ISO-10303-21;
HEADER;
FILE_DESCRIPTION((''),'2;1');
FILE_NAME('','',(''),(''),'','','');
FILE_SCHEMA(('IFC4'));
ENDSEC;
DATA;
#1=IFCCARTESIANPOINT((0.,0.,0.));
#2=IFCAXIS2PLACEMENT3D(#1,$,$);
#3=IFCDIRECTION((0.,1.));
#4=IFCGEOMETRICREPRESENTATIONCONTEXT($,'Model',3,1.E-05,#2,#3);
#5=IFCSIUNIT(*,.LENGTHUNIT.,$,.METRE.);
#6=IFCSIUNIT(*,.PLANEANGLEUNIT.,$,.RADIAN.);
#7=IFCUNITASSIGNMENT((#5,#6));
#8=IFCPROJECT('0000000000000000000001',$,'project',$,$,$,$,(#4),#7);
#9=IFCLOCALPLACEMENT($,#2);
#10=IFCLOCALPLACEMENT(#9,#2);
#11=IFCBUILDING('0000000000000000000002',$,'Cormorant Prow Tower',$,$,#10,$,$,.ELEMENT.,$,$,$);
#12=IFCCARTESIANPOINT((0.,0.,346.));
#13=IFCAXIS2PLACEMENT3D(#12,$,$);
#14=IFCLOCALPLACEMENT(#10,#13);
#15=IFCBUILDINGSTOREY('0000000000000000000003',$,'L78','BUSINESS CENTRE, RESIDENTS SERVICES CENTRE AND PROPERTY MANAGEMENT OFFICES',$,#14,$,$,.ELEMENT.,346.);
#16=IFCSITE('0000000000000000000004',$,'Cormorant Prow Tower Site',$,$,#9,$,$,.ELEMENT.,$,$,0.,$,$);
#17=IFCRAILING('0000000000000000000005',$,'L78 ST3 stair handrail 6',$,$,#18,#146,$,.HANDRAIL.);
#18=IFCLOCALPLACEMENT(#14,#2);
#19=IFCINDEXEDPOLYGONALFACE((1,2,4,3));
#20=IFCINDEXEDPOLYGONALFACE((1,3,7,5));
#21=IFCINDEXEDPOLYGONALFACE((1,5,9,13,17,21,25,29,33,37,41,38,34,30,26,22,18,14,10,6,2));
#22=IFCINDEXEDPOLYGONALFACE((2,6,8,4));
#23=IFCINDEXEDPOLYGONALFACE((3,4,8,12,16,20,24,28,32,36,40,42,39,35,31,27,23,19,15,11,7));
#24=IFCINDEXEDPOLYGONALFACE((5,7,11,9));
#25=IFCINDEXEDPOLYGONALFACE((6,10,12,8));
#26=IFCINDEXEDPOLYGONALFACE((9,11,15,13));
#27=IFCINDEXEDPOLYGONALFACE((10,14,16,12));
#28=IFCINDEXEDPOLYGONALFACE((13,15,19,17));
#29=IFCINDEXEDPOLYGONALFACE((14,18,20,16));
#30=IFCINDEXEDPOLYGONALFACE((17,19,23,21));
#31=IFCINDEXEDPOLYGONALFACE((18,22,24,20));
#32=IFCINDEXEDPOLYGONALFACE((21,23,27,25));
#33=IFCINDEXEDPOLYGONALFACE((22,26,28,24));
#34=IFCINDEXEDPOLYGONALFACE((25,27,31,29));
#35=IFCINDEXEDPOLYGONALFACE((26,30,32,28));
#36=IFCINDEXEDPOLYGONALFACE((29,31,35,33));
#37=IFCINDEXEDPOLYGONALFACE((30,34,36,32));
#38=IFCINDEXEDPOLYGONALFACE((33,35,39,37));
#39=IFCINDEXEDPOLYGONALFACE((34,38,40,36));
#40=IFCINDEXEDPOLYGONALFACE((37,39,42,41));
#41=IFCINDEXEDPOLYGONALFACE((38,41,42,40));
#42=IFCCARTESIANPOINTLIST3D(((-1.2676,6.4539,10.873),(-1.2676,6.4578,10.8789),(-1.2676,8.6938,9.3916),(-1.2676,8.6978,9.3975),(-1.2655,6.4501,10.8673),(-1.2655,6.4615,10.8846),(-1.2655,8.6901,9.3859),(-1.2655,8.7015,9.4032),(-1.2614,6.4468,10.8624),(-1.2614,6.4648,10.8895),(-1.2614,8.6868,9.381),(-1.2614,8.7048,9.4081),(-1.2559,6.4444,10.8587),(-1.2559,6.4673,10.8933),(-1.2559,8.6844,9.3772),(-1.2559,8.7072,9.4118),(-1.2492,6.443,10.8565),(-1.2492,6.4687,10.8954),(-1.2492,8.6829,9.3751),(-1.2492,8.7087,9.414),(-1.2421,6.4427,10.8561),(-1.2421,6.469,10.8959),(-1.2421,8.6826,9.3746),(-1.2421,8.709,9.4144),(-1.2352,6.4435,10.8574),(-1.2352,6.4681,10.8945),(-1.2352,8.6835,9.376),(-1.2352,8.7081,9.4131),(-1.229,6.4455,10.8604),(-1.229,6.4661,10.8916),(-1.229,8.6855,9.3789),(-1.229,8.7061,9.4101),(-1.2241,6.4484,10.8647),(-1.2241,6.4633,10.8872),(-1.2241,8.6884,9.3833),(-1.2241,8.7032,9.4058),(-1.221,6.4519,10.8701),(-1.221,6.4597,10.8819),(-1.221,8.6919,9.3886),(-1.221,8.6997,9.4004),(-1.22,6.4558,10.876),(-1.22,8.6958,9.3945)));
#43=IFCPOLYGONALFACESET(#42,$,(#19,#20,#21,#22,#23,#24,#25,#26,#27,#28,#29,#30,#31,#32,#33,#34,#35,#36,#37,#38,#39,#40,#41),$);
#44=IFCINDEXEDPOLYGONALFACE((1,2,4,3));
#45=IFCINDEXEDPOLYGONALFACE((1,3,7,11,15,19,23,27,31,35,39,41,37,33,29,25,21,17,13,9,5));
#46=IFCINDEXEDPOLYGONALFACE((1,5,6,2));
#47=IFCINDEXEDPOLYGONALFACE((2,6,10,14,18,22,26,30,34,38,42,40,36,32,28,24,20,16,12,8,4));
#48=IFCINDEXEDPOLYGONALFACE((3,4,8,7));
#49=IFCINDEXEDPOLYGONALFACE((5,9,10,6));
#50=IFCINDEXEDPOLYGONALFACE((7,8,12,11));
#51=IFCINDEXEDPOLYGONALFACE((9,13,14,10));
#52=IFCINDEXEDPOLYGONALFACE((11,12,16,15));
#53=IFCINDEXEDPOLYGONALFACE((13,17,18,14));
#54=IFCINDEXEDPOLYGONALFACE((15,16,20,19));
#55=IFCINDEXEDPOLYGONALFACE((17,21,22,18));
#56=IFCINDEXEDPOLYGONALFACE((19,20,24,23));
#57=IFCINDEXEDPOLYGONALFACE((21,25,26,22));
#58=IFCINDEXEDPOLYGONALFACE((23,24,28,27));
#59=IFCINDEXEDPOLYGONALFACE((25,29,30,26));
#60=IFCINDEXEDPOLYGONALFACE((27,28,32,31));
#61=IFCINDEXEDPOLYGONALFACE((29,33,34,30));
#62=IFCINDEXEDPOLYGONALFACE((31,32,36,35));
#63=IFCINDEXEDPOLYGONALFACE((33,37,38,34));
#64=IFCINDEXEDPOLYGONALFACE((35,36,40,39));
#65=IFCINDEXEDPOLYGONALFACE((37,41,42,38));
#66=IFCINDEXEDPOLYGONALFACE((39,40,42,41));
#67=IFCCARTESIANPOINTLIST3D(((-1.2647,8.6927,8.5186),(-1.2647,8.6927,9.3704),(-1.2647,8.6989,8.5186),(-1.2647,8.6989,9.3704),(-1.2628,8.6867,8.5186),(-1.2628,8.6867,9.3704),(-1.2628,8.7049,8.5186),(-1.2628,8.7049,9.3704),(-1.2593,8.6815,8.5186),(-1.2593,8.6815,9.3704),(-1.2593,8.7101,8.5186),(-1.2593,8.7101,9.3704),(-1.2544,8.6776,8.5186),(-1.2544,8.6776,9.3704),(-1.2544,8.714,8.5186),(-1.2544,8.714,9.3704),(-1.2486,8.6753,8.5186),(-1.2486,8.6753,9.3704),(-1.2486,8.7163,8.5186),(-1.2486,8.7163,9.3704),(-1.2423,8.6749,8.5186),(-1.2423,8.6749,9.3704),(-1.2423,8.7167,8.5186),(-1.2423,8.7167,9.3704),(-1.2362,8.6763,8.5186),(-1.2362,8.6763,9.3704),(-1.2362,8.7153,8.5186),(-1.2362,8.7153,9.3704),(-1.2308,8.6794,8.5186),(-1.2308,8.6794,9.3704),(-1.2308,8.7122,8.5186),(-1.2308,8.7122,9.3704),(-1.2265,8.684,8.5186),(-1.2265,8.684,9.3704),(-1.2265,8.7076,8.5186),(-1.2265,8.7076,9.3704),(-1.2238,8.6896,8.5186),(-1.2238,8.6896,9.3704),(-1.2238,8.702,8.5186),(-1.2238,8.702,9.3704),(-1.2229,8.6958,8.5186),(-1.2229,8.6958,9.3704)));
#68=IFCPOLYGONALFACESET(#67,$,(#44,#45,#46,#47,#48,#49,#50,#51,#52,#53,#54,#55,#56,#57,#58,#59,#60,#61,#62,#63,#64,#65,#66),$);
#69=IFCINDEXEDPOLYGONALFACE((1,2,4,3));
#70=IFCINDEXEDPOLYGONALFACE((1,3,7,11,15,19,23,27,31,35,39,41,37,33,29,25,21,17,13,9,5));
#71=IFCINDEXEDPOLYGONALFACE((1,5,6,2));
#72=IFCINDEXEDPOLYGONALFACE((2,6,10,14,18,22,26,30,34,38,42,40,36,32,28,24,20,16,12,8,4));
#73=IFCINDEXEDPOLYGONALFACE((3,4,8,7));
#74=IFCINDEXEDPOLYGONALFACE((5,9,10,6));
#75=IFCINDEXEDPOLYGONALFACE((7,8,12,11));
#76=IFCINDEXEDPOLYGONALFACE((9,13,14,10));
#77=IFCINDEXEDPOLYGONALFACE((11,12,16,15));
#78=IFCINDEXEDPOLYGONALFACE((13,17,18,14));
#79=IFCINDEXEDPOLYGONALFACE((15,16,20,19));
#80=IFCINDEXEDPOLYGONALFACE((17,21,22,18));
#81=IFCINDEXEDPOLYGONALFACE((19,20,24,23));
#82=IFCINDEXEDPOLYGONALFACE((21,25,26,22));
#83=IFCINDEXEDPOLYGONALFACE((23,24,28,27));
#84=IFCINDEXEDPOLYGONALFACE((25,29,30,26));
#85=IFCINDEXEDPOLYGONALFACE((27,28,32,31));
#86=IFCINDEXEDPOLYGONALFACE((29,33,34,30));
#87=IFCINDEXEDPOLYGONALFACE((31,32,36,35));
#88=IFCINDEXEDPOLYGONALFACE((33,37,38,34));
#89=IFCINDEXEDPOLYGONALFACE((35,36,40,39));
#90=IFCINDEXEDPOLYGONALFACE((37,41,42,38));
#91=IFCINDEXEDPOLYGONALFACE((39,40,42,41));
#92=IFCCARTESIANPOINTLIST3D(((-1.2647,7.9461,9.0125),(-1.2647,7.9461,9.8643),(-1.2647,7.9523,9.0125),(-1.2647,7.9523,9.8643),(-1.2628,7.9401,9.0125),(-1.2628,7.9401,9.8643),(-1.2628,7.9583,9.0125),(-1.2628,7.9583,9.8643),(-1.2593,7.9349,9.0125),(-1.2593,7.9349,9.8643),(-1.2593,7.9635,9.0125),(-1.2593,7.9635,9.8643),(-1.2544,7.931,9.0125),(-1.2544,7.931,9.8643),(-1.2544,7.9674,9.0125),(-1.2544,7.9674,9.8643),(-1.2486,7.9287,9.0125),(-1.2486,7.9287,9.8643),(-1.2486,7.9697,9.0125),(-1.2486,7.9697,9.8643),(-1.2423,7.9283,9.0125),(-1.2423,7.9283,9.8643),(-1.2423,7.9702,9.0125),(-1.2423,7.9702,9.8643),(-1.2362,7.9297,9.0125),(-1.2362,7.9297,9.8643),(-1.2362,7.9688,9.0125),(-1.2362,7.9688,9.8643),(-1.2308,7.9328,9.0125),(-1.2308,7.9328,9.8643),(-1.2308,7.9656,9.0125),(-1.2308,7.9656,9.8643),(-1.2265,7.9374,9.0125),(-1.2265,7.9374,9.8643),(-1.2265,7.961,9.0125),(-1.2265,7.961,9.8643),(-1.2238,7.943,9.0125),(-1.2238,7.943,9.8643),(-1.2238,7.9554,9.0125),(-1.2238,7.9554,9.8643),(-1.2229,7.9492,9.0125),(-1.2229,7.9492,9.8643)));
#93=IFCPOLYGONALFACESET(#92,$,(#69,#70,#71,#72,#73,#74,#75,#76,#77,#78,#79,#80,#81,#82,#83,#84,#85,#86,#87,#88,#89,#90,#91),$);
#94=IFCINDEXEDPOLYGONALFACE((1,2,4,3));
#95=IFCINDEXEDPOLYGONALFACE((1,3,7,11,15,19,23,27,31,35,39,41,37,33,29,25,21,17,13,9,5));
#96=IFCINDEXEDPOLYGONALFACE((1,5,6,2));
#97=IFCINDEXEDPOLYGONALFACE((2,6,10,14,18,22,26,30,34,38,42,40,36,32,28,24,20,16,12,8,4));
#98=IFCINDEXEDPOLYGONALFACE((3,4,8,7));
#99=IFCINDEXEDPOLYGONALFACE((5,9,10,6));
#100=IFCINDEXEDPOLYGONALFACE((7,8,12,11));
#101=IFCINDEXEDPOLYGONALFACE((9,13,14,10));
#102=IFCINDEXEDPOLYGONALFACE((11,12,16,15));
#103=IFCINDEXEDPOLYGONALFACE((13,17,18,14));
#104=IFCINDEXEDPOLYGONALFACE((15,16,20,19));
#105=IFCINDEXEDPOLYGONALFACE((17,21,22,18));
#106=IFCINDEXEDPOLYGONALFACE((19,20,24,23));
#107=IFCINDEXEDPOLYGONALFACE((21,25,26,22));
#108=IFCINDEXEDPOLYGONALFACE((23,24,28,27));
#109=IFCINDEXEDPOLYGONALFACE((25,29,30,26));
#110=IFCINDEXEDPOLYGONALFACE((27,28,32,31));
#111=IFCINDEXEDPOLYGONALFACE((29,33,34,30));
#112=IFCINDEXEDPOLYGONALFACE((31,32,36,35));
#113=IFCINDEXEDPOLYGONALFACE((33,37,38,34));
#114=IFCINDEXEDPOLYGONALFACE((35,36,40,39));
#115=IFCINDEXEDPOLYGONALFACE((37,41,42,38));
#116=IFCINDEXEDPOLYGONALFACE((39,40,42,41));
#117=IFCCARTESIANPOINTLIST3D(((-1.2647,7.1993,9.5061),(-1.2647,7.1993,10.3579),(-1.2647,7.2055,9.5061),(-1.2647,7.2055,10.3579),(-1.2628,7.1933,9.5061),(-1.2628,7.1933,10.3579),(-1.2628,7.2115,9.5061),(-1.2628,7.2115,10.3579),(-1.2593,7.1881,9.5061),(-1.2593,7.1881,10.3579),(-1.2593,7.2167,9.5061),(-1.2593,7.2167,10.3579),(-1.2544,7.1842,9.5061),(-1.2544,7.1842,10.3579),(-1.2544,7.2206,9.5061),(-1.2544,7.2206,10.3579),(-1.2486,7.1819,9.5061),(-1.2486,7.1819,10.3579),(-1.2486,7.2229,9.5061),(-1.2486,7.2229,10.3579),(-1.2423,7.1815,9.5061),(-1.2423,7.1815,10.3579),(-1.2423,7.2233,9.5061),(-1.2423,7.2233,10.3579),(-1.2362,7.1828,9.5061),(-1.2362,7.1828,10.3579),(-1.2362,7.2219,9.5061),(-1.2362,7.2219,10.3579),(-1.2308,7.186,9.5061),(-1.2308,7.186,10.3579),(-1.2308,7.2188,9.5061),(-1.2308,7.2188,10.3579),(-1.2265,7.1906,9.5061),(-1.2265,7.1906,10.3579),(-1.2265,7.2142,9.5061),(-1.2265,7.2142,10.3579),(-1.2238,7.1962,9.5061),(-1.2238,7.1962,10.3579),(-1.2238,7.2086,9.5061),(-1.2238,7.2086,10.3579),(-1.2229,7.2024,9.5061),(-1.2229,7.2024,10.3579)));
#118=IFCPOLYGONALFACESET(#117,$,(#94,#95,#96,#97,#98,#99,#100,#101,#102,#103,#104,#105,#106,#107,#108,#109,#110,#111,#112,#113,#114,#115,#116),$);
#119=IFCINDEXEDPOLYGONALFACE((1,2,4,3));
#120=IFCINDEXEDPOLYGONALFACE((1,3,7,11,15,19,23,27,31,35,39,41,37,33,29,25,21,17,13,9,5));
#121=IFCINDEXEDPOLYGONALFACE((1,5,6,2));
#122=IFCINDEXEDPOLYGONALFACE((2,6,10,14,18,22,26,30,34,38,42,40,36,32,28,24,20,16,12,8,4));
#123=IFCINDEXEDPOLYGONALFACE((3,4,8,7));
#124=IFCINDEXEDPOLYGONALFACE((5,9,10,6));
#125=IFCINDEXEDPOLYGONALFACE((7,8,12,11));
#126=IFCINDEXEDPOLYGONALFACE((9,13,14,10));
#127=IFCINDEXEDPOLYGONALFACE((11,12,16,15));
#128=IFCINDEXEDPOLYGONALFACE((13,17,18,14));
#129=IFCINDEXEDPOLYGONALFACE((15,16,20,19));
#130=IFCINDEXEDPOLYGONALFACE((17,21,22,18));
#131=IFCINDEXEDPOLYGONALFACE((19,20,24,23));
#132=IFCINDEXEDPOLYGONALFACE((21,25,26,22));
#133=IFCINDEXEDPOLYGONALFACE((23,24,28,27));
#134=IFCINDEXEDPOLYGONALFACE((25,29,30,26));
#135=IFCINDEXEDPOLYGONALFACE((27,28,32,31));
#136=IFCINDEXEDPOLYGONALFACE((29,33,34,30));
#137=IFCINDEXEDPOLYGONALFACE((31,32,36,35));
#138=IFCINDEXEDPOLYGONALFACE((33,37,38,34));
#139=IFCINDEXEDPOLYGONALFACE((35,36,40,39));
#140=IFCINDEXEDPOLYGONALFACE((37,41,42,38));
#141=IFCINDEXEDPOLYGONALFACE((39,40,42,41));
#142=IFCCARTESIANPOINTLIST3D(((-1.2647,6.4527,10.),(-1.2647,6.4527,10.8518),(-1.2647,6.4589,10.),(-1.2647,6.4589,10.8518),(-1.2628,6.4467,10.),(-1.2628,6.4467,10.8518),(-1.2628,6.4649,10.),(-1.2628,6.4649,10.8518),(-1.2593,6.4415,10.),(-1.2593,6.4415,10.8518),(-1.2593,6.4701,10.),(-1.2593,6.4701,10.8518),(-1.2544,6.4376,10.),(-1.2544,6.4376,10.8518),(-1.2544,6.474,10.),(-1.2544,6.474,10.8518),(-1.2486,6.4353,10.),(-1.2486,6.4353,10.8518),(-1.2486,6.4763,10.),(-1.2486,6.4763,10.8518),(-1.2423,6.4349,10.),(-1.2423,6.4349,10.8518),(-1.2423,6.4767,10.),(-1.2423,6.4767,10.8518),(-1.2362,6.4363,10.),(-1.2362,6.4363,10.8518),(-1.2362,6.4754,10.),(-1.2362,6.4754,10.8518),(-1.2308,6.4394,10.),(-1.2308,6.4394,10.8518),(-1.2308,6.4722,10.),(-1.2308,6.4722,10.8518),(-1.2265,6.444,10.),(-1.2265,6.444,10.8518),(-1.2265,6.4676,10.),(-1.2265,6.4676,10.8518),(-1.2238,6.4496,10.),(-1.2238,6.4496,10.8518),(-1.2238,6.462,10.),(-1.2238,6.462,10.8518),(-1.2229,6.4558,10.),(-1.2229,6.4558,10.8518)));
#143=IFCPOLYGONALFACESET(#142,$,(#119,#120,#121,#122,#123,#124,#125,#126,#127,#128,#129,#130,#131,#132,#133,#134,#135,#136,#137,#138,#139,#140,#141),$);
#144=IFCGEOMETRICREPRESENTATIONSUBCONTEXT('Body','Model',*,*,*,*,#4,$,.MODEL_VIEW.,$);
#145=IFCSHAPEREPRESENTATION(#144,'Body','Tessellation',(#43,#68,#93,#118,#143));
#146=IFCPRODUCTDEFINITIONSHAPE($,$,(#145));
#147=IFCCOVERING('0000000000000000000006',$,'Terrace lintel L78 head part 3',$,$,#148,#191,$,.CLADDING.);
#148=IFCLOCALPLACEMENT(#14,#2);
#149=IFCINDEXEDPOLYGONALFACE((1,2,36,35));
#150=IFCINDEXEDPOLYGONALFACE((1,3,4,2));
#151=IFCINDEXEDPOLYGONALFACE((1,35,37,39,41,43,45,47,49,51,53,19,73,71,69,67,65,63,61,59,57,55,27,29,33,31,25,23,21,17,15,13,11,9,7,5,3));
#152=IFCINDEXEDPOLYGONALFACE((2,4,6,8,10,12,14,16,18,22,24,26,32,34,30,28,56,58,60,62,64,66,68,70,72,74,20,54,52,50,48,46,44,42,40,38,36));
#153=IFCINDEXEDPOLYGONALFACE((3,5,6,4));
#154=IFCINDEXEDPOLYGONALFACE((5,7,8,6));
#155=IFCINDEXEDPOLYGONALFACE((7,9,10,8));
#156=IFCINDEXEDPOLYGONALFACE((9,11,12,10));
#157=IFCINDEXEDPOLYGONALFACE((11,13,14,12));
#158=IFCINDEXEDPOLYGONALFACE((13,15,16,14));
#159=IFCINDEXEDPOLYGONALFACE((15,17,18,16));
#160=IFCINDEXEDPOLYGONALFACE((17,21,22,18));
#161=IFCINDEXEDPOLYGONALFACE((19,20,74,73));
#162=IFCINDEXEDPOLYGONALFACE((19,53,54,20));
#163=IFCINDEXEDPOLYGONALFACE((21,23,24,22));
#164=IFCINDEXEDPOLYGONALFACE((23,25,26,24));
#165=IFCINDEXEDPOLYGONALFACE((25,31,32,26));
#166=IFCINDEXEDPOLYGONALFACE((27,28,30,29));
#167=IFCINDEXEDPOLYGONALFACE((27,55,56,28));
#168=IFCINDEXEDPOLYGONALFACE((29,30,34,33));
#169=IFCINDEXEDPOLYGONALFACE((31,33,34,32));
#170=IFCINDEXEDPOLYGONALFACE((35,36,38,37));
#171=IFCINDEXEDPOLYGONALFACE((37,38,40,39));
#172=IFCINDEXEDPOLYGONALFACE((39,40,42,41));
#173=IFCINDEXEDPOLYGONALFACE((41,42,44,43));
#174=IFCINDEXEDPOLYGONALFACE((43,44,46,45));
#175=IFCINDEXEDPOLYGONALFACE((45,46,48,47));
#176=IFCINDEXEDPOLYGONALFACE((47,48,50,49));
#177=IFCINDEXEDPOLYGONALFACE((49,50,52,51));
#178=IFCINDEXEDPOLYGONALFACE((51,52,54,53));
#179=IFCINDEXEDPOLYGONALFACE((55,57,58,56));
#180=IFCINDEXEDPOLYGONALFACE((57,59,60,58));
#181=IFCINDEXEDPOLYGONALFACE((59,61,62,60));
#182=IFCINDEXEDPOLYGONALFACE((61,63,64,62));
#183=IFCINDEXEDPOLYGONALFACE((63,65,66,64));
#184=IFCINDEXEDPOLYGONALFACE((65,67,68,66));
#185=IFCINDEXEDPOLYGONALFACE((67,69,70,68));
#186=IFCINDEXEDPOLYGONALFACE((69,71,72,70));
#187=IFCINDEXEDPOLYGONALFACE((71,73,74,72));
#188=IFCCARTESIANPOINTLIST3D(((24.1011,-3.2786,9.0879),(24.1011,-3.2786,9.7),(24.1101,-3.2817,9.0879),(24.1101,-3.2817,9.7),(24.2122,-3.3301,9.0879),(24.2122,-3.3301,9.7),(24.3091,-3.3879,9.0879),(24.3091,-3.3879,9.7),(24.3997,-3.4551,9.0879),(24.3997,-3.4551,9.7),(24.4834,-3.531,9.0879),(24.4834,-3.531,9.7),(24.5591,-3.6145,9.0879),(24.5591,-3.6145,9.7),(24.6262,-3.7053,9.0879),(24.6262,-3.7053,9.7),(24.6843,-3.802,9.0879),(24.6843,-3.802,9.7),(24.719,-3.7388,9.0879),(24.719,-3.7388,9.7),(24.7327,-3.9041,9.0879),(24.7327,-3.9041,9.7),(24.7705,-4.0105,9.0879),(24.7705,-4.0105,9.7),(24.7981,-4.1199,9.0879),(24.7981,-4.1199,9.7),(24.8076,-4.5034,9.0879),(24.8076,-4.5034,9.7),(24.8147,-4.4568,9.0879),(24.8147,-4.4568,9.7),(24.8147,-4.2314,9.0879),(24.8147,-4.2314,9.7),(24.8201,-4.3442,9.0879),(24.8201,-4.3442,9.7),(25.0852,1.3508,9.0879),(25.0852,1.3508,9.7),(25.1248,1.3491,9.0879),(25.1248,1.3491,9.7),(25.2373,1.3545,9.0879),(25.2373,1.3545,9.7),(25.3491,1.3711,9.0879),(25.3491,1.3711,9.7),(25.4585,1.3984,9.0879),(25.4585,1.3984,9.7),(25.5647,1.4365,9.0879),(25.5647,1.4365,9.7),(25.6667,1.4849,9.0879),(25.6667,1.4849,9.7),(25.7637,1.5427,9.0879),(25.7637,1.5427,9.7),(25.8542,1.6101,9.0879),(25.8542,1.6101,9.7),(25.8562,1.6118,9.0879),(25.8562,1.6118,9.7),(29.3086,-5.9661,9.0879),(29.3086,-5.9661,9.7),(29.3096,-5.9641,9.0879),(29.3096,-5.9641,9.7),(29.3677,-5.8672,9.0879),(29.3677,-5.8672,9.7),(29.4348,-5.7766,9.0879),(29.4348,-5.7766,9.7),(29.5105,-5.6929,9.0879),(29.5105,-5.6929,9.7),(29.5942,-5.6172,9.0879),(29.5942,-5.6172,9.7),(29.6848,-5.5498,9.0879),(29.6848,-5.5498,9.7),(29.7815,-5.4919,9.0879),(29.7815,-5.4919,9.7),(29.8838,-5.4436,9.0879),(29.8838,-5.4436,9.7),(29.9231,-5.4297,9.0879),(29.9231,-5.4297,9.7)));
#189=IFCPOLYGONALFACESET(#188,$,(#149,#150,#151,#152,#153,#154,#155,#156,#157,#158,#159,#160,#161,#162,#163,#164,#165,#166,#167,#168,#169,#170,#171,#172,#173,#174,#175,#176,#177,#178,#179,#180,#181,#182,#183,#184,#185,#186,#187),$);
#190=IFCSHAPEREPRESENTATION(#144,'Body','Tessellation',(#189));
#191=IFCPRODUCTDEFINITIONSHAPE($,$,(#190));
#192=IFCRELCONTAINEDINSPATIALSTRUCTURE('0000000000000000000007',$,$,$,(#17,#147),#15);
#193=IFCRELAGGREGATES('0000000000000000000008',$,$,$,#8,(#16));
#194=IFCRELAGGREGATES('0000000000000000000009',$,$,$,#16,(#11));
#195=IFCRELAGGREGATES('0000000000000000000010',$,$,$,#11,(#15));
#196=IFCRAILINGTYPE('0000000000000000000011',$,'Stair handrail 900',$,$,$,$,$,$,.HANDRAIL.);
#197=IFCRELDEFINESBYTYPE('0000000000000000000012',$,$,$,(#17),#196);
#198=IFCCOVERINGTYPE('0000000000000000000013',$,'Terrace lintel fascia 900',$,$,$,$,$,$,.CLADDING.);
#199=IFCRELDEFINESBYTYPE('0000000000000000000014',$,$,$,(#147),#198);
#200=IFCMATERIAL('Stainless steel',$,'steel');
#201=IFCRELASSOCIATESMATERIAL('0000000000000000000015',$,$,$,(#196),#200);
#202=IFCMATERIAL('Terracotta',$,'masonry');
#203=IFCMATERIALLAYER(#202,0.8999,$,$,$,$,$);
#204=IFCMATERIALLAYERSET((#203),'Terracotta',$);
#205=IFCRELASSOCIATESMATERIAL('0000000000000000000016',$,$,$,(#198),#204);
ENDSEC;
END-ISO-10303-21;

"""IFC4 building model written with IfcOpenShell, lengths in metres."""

from ifc_helpers import new_model, si_unit, direction, frame, origin, origin_2d, place, context, subcontext, project, spatial, polyline, circle, outline, extrude, material, layer, layer_set, type_object, element, save


model = new_model("IFC4")

# Units and contexts
model_context = context("Model", 3, precision=1e-05, world=origin(), true_north=direction((0.0, 1.0)))
body_context = subcontext(model_context, "Body", "Model", "MODEL_VIEW")
ifc_project = project(units=[si_unit("LENGTHUNIT", "METRE"), si_unit("PLANEANGLEUNIT", "RADIAN")], contexts=[model_context])

# Site, building, storey
site_placement = place(None, origin())
site = spatial("IfcSite", under=ifc_project, at=site_placement, Name="Cormorant Prow Tower Site", CompositionType="ELEMENT", RefElevation=0.0)
building_placement = place(site_placement, origin())
building = spatial("IfcBuilding", under=site, at=building_placement, Name="Cormorant Prow Tower", CompositionType="ELEMENT")
storey_placement = place(building_placement, frame((0.0, 0.0, 346.0)))
storey = spatial("IfcBuildingStorey", under=building, at=storey_placement, Name="L78", Description="BUSINESS CENTRE, RESIDENTS SERVICES CENTRE AND PROPERTY MANAGEMENT OFFICES", CompositionType="ELEMENT", Elevation=346.0)

# Railing
ifc_material_1 = material(Name="Stainless steel", Category="steel")
railing_type = type_object("IfcRailingType", Name="Stair handrail 900", PredefinedType="HANDRAIL", material=ifc_material_1)
for number, where, name in (
    (1, (-1.2439, 8.6958, 8.5186), "L78 ST3 stair handrail 6"),
):
    element("IfcRailing", number, at=place(storey_placement, frame(where)), inside=storey, type_object=railing_type, Name=name, PredefinedType="HANDRAIL", context=body_context, shape_type="SweptSolid", body=[
        extrude(circle(Radius=0.0239, at=origin_2d()), frame((0.0, 0.0, 0.876), z_axis=(0.0, -0.834087, 0.551634), x_axis=(1.0, 0.0, 0.0)), (0.0, 0.0, 1.0), 2.6855),
        extrude(circle(Radius=0.021, at=origin_2d()), origin(), (0.0, 0.0, 1.0), 0.8518),
        extrude(circle(Radius=0.021, at=origin_2d()), frame((0.0, -0.7466, 0.4939)), (0.0, 0.0, 1.0), 0.8518),
        extrude(circle(Radius=0.021, at=origin_2d()), frame((0.0, -1.4934, 0.9875)), (0.0, 0.0, 1.0), 0.8518),
        extrude(circle(Radius=0.021, at=origin_2d()), frame((0.0, -2.24, 1.4814)), (0.0, 0.0, 1.0), 0.8518),
    ])

# Covering
ifc_material_2 = material(Name="Terracotta", Category="masonry")
ifc_layer_1 = layer(ifc_material_2, 0.8999)
ifc_layer_set_1 = layer_set([ifc_layer_1], Name="Terracotta")
covering_type = type_object("IfcCoveringType", Name="Terrace lintel fascia 900", PredefinedType="CLADDING", material=ifc_layer_set_1)
covering_1_placement = place(storey_placement, frame((0.0, 0.0, 9.0879)))
element("IfcCovering", 2, at=covering_1_placement, inside=storey, type_object=covering_type, Name="Terrace lintel L78 head part 3", PredefinedType="CLADDING", context=body_context, shape_type="SweptSolid", body=[
    extrude(outline(polyline([(25.1248, 1.3491), (25.2373, 1.3545), (25.3491, 1.3711), (25.4585, 1.3984), (25.5647, 1.4365), (25.6667, 1.4849), (25.7637, 1.5427), (25.8542, 1.6101), (25.8562, 1.6118), (24.719, -3.7388), (29.9231, -5.4297), (29.8838, -5.4436), (29.7815, -5.4919), (29.6848, -5.5498), (29.5942, -5.6172), (29.5105, -5.6929), (29.4348, -5.7766), (29.3677, -5.8672), (29.3096, -5.9641), (29.3086, -5.9661), (24.8076, -4.5034), (24.8147, -4.4568), (24.8201, -4.3442), (24.8147, -4.2314), (24.7981, -4.1199), (24.7705, -4.0105), (24.7327, -3.9041), (24.6843, -3.802), (24.6262, -3.7053), (24.5591, -3.6145), (24.4834, -3.531), (24.3997, -3.4551), (24.3091, -3.3879), (24.2122, -3.3301), (24.1101, -3.2817), (24.1011, -3.2786), (25.0852, 1.3508), (25.1248, 1.3491)])), origin(), (0.0, 0.0, 1.0), 0.6121),
])

save(model, "model.ifc")
